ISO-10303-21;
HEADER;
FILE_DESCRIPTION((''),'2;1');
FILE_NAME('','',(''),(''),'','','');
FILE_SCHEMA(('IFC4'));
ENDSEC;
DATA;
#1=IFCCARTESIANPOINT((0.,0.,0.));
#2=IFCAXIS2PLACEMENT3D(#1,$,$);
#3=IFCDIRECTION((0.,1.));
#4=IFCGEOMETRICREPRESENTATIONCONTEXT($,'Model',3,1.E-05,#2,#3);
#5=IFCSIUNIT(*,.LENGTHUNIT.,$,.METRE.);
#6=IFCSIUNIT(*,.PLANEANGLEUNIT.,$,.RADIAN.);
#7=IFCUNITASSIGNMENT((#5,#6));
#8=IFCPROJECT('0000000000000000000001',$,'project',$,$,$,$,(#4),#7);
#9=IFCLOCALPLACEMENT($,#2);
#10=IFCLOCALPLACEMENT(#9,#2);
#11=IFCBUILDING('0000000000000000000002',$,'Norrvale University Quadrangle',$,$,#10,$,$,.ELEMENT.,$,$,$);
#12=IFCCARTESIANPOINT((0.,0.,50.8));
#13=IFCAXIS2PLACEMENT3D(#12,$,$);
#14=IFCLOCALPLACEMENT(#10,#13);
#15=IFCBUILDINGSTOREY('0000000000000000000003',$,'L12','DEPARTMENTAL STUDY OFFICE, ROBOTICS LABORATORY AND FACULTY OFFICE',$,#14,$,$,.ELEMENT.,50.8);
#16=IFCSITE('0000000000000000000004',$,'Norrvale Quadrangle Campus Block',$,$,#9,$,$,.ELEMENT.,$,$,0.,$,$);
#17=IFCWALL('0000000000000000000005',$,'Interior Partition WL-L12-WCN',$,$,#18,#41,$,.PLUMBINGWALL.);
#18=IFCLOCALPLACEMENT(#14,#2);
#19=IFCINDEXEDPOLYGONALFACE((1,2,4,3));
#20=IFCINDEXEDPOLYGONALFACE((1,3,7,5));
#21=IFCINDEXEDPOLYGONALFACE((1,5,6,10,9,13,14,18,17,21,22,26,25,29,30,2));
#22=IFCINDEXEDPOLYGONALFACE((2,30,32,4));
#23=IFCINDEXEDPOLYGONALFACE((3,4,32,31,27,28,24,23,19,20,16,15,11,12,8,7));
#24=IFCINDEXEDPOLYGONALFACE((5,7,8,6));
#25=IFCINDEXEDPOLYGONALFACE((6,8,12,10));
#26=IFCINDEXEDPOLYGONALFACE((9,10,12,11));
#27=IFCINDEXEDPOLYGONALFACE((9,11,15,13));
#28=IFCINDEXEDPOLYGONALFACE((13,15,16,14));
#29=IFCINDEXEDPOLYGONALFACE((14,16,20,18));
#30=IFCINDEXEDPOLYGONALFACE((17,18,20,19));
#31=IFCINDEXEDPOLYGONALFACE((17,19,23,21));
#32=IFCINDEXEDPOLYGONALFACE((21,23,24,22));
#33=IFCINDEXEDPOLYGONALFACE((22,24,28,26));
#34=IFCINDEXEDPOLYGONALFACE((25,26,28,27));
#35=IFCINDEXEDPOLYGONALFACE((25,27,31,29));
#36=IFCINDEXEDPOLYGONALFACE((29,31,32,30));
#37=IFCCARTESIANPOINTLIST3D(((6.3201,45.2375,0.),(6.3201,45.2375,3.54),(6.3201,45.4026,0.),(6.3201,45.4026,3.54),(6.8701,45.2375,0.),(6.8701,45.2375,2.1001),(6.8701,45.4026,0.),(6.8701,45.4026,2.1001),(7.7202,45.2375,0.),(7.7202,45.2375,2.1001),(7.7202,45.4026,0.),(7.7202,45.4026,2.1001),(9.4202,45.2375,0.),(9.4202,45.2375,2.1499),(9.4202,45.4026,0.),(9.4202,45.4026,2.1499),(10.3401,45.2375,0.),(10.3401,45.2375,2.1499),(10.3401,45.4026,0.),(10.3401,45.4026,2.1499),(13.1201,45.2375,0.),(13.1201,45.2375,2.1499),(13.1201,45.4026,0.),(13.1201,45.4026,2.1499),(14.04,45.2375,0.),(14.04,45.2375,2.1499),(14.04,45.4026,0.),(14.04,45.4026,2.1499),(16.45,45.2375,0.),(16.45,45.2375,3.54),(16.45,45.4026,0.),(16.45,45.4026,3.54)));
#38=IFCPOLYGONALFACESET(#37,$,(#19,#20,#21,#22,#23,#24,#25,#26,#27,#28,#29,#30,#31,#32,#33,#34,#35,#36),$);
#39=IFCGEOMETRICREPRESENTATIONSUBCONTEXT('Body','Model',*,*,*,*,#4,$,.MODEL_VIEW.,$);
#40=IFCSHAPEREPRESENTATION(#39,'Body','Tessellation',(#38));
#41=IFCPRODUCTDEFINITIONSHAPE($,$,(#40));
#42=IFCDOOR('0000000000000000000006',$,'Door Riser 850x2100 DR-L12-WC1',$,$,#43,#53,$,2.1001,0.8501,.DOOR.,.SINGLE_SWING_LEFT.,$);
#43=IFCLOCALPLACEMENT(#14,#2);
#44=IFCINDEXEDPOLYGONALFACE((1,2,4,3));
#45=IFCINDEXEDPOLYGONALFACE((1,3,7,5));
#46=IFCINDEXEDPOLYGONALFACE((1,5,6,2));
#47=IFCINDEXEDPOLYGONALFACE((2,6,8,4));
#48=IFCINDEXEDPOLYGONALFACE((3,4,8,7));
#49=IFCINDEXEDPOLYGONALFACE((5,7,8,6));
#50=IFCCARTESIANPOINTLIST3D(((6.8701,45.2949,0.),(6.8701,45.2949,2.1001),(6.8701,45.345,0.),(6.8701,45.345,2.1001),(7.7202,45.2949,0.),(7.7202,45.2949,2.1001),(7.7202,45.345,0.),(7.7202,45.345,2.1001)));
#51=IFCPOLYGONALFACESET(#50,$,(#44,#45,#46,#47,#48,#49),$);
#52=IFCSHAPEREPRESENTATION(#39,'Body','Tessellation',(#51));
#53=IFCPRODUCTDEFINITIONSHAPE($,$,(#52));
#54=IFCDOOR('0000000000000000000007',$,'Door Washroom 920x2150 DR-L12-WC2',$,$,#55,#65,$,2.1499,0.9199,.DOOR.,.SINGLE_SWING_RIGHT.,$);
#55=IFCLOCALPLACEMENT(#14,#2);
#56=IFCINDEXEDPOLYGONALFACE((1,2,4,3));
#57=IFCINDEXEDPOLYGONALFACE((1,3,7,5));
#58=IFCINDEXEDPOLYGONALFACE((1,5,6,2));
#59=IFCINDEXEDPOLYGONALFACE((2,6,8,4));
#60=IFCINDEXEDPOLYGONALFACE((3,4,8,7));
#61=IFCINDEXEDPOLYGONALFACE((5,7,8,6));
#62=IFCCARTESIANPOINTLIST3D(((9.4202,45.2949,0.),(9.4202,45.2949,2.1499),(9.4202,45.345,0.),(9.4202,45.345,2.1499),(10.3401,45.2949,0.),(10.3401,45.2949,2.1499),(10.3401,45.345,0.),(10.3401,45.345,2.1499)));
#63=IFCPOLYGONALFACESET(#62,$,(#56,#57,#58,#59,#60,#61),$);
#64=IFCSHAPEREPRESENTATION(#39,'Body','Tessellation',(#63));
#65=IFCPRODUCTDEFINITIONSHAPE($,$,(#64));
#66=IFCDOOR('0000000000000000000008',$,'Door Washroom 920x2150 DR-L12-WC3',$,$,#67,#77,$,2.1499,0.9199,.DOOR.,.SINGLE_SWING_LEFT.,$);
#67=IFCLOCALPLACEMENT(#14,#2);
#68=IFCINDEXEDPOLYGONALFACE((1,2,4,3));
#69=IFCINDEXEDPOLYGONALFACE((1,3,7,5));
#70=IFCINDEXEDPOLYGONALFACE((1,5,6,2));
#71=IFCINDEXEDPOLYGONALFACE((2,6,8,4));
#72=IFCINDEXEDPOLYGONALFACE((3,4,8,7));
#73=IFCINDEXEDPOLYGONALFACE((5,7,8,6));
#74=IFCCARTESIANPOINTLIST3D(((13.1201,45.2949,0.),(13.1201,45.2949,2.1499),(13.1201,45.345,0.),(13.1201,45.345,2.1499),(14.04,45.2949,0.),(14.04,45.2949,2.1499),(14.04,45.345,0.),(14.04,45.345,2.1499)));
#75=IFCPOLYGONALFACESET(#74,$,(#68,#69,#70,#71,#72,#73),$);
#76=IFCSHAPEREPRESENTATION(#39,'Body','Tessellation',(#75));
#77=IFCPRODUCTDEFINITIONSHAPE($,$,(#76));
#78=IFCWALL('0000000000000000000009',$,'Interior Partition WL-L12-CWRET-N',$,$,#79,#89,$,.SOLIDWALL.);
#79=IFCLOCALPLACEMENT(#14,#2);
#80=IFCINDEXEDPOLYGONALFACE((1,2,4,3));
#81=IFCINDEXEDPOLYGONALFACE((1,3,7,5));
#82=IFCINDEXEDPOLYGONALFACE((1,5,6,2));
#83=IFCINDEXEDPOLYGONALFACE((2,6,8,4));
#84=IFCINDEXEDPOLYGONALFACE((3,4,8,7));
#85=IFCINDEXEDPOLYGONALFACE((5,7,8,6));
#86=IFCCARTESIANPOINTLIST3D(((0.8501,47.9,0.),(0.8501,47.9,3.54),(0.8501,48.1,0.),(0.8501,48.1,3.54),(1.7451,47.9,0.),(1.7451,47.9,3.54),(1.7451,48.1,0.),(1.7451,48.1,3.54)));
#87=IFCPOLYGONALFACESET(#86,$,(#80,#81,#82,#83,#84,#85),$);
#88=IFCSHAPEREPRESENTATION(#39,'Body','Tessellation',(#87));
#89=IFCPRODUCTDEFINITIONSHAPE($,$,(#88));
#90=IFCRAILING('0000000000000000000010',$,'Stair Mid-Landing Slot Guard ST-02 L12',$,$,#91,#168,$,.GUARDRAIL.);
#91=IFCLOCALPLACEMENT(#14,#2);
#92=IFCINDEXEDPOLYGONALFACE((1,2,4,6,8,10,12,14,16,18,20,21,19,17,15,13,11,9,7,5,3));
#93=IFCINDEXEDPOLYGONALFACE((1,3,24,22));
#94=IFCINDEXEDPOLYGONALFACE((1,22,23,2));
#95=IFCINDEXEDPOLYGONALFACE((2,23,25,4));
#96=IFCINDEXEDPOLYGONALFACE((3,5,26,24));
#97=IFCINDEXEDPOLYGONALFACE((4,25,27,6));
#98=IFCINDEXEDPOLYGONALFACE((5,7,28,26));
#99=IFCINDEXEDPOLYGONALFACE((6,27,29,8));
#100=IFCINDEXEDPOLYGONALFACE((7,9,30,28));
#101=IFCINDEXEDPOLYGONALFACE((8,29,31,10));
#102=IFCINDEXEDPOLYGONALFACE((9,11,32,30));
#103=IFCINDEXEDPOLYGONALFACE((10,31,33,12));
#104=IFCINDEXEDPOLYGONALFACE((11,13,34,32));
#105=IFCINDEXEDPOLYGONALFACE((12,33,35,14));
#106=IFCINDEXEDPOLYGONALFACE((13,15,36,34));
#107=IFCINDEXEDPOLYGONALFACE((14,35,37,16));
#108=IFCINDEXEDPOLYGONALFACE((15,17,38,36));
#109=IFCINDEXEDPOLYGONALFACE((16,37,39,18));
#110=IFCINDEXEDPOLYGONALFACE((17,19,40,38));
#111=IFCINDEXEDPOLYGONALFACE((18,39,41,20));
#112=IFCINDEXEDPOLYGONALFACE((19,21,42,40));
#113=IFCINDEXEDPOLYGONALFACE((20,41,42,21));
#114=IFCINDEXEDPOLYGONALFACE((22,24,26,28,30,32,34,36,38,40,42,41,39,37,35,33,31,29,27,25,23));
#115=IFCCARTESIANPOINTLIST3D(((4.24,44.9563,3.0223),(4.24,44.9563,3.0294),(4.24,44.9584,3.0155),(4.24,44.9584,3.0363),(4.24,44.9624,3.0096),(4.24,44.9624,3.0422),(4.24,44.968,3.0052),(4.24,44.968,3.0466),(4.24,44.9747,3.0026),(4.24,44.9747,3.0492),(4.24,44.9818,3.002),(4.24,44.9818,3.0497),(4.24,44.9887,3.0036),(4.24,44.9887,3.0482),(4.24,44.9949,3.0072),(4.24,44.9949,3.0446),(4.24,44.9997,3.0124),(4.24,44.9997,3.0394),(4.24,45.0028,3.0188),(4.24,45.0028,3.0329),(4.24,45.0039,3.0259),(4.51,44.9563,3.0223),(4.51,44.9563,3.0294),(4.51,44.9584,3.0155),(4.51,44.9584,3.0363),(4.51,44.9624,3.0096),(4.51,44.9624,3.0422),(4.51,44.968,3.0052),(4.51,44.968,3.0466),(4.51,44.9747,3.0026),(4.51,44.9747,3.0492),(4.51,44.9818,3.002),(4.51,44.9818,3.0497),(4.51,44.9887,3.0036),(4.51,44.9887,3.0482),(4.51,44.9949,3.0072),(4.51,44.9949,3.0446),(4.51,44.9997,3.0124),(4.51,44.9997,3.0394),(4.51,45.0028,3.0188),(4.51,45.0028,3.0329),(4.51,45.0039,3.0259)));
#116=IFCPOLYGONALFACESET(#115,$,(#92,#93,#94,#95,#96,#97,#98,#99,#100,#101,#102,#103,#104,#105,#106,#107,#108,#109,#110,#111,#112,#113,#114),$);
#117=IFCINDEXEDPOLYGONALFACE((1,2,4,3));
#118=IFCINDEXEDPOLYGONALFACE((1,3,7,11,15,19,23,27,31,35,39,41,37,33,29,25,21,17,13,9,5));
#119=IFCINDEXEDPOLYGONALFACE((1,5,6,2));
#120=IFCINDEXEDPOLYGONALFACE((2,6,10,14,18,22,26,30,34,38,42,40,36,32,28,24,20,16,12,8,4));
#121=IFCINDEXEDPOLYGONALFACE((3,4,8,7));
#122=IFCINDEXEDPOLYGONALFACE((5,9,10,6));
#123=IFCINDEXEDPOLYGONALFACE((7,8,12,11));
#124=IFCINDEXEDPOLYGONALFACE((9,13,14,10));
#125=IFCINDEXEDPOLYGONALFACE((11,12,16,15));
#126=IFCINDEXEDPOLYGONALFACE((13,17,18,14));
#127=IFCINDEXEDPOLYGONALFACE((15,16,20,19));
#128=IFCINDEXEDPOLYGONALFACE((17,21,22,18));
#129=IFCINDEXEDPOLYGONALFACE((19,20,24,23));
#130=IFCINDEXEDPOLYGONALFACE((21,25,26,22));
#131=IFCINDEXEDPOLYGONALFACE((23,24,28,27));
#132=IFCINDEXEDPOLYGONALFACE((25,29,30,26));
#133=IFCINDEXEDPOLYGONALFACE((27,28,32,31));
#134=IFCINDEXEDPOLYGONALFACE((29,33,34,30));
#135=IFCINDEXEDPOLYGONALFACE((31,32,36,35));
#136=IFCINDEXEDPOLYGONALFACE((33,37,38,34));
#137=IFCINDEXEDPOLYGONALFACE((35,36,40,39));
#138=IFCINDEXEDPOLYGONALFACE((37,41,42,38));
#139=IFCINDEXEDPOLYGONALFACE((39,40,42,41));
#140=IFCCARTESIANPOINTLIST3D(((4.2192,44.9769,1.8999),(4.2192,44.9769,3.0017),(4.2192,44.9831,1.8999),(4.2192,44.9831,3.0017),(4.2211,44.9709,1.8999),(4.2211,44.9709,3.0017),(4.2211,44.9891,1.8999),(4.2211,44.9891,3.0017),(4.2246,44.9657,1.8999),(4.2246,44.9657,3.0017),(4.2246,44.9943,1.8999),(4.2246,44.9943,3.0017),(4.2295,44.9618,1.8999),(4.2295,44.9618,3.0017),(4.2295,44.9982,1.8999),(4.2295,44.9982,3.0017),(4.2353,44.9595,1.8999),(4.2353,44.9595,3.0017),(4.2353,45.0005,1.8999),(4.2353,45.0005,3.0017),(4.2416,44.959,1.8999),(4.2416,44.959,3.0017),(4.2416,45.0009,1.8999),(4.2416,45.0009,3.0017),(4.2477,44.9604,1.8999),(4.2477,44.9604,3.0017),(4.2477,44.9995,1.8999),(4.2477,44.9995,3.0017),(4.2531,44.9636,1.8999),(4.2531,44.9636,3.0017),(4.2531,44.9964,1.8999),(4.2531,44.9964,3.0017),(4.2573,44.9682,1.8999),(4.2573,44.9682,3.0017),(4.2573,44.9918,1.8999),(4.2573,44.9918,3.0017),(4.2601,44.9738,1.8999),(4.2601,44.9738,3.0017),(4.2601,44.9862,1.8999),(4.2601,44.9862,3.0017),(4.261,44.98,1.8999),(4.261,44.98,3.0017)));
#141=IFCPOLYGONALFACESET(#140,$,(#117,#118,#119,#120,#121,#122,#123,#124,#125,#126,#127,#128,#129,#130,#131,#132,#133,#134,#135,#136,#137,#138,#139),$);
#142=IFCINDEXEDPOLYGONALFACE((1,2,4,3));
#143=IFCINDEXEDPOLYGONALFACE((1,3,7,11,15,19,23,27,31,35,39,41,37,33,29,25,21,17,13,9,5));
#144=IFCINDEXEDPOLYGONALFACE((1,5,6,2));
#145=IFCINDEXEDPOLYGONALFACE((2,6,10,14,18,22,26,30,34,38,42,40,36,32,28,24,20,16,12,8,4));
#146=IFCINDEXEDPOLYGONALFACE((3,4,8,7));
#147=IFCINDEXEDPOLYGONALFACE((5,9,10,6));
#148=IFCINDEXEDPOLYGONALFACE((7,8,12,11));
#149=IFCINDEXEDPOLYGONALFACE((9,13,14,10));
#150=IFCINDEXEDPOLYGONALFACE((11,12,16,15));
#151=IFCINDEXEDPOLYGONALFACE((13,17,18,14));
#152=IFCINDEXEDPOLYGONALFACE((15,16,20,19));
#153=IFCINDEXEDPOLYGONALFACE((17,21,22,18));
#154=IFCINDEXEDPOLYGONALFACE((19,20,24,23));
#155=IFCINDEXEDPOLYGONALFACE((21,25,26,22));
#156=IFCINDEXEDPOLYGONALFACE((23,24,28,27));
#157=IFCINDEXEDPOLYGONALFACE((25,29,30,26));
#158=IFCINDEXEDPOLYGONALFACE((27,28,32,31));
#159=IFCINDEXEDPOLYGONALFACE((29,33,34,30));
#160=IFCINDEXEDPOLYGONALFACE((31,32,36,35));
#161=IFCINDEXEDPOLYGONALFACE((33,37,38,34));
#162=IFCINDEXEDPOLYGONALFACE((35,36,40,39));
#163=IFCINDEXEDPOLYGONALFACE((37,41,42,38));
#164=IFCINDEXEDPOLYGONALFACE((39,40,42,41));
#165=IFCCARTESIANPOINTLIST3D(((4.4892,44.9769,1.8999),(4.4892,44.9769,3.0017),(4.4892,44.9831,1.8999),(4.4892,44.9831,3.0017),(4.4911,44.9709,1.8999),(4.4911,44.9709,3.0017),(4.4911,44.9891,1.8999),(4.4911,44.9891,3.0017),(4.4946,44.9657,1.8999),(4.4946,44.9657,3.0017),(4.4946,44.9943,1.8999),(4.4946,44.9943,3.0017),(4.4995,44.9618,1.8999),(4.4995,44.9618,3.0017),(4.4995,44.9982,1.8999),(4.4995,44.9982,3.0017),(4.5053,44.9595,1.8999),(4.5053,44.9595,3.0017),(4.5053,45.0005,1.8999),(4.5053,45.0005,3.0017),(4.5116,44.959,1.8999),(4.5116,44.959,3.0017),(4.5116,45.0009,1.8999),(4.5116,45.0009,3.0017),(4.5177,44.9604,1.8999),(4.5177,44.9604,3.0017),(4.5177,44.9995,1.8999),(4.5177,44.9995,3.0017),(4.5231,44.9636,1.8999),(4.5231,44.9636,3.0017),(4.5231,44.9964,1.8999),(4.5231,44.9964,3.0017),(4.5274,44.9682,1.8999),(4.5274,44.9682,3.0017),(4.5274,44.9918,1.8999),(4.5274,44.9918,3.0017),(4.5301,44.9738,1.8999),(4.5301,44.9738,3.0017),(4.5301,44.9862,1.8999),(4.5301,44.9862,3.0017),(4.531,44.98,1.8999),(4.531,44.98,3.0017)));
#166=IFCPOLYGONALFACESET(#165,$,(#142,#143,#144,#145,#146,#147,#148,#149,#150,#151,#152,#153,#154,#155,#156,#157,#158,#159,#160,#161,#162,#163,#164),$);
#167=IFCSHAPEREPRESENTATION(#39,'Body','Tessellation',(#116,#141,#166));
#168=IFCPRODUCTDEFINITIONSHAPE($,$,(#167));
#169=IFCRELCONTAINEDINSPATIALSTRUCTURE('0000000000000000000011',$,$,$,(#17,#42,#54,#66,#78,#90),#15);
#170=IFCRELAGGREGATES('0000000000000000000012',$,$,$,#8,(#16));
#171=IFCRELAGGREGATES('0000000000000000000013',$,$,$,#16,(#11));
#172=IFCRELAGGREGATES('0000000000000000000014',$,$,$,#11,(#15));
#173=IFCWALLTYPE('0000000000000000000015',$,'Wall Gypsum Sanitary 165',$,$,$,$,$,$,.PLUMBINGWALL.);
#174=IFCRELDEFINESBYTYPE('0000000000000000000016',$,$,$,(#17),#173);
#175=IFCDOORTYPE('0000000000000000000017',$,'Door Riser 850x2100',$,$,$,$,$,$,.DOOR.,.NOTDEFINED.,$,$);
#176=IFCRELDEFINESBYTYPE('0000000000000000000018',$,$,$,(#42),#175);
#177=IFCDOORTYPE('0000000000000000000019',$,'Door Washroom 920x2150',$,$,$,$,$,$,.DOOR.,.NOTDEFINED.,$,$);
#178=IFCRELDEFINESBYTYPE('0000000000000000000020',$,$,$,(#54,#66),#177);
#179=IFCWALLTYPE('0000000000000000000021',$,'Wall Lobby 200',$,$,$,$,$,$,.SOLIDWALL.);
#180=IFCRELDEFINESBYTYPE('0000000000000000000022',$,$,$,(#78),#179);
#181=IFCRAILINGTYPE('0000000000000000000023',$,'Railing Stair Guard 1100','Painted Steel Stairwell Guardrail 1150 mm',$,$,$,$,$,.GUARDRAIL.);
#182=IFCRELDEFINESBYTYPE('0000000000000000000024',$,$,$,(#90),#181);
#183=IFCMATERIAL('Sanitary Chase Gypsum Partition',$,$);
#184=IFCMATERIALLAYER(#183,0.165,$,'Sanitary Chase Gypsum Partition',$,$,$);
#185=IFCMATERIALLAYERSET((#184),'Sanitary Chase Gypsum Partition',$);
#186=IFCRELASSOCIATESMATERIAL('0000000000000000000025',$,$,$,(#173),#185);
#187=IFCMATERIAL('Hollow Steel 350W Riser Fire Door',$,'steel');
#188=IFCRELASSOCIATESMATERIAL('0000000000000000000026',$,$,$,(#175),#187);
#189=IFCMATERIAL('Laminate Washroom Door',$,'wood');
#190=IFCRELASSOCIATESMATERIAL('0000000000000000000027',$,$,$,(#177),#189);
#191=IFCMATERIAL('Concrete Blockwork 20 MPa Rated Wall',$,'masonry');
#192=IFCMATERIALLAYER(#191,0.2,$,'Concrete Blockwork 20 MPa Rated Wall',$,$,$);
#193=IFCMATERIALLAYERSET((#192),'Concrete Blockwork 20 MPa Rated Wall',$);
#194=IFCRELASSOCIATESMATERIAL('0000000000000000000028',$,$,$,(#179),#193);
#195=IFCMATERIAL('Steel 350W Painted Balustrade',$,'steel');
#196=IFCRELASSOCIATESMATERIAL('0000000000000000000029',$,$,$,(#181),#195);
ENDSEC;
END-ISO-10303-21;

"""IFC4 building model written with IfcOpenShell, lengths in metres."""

from ifc_helpers import new_model, si_unit, direction, frame, frame_2d, origin, origin_2d, place, context, subcontext, project, spatial, rectangle, circle, extrude, material, layer, layer_set, type_object, element, fill, save


model = new_model("IFC4")

# Units and contexts
model_context = context("Model", 3, precision=1e-05, world=origin(), true_north=direction((0.0, 1.0)))
body_context = subcontext(model_context, "Body", "Model", "MODEL_VIEW")
ifc_project = project(units=[si_unit("LENGTHUNIT", "METRE"), si_unit("PLANEANGLEUNIT", "RADIAN")], contexts=[model_context])

# Site, building, storey
site_placement = place(None, origin())
site = spatial("IfcSite", under=ifc_project, at=site_placement, Name="Norrvale Quadrangle Campus Block", CompositionType="ELEMENT", RefElevation=0.0)
building_placement = place(site_placement, origin())
building = spatial("IfcBuilding", under=site, at=building_placement, Name="Norrvale University Quadrangle", CompositionType="ELEMENT")
storey_placement = place(building_placement, frame((0.0, 0.0, 50.8)))
storey = spatial("IfcBuildingStorey", under=building, at=storey_placement, Name="L12", Description="DEPARTMENTAL STUDY OFFICE, ROBOTICS LABORATORY AND FACULTY OFFICE", CompositionType="ELEMENT", Elevation=50.8)

# Wall, openings, doors
ifc_material_1 = material(Name="Sanitary Chase Gypsum Partition")
ifc_layer_1 = layer(ifc_material_1, 0.165, Name="Sanitary Chase Gypsum Partition")
ifc_layer_set_1 = layer_set([ifc_layer_1], Name="Sanitary Chase Gypsum Partition")
wall_type_1 = type_object("IfcWallType", Name="Wall Gypsum Sanitary 165", PredefinedType="PLUMBINGWALL", material=ifc_layer_set_1)
wall_1_placement = place(storey_placement, frame((6.3201, 45.3201, 0.0), z_axis=(0.0, 0.0, 1.0), x_axis=(1.0, 0.0, 0.0)))
wall_1 = element("IfcWall", 1, at=wall_1_placement, inside=storey, type_object=wall_type_1, Name="Interior Partition WL-L12-WCN", PredefinedType="PLUMBINGWALL", context=body_context, shape_type="SweptSolid", body=[
    extrude(rectangle(XDim=10.1299, YDim=0.165, at=frame_2d((5.0649, 0.0))), origin(), (0.0, 0.0, 1.0), 3.54),
])
opening_1_placement = place(wall_1_placement, frame((0.55, 0.0, 0.0)))
opening_1 = element("IfcOpeningElement", 2, at=opening_1_placement, cuts=wall_1, PredefinedType="OPENING", context=body_context, shape_type="SweptSolid", body=[
    extrude(rectangle(XDim=0.8501, YDim=2.1001, at=frame_2d((0.425, 1.05))), frame((0.0, 0.0945, 0.0), z_axis=(0.0, -1.0, 0.0), x_axis=(1.0, 0.0, 0.0)), (0.0, 0.0, 1.0), 0.189),
])
opening_2_placement = place(wall_1_placement, frame((3.1001, 0.0, 0.0)))
opening_2 = element("IfcOpeningElement", 3, at=opening_2_placement, cuts=wall_1, PredefinedType="OPENING", context=body_context, shape_type="SweptSolid", body=[
    extrude(rectangle(XDim=0.9199, YDim=2.1499, at=frame_2d((0.46, 1.075))), frame((0.0, 0.0945, 0.0), z_axis=(0.0, -1.0, 0.0), x_axis=(1.0, 0.0, 0.0)), (0.0, 0.0, 1.0), 0.189),
])
opening_3_placement = place(wall_1_placement, frame((6.8, 0.0, 0.0)))
opening_3 = element("IfcOpeningElement", 4, at=opening_3_placement, cuts=wall_1, PredefinedType="OPENING", context=body_context, shape_type="SweptSolid", body=[
    extrude(rectangle(XDim=0.9199, YDim=2.1499, at=frame_2d((0.46, 1.075))), frame((0.0, 0.0945, 0.0), z_axis=(0.0, -1.0, 0.0), x_axis=(1.0, 0.0, 0.0)), (0.0, 0.0, 1.0), 0.189),
])
ifc_material_2 = material(Name="Hollow Steel 350W Riser Fire Door", Category="steel")
door_type_1 = type_object("IfcDoorType", Name="Door Riser 850x2100", OperationType="NOTDEFINED", PredefinedType="DOOR", material=ifc_material_2)
door_1_placement = place(opening_1_placement, origin())
door_1 = element("IfcDoor", 5, at=door_1_placement, inside=storey, type_object=door_type_1, Name="Door Riser 850x2100 DR-L12-WC1", OperationType="SINGLE_SWING_LEFT", OverallHeight=2.1001, OverallWidth=0.8501, PredefinedType="DOOR", context=body_context, shape_type="SweptSolid", body=[
    extrude(rectangle(XDim=0.8501, YDim=2.1001, at=frame_2d((0.425, 1.05))), frame((0.0, 0.0249, 0.0), z_axis=(0.0, -1.0, 0.0), x_axis=(1.0, 0.0, 0.0)), (0.0, 0.0, 1.0), 0.05),
])
fill(opening_1, door_1)
ifc_material_3 = material(Name="Laminate Washroom Door", Category="wood")
door_type_2 = type_object("IfcDoorType", Name="Door Washroom 920x2150", OperationType="NOTDEFINED", PredefinedType="DOOR", material=ifc_material_3)
door_2_placement = place(opening_2_placement, origin())
door_2 = element("IfcDoor", 6, at=door_2_placement, inside=storey, type_object=door_type_2, Name="Door Washroom 920x2150 DR-L12-WC2", OperationType="SINGLE_SWING_RIGHT", OverallHeight=2.1499, OverallWidth=0.9199, PredefinedType="DOOR", context=body_context, shape_type="SweptSolid", body=[
    extrude(rectangle(XDim=0.9199, YDim=2.1499, at=frame_2d((0.46, 1.075))), frame((0.0, 0.0249, 0.0), z_axis=(0.0, -1.0, 0.0), x_axis=(1.0, 0.0, 0.0)), (0.0, 0.0, 1.0), 0.05),
])
fill(opening_2, door_2)
door_3_placement = place(opening_3_placement, origin())
door_3 = element("IfcDoor", 7, at=door_3_placement, inside=storey, type_object=door_type_2, Name="Door Washroom 920x2150 DR-L12-WC3", OperationType="SINGLE_SWING_LEFT", OverallHeight=2.1499, OverallWidth=0.9199, PredefinedType="DOOR", context=body_context, shape_type="SweptSolid", body=[
    extrude(rectangle(XDim=0.9199, YDim=2.1499, at=frame_2d((0.46, 1.075))), frame((0.0, 0.0249, 0.0), z_axis=(0.0, -1.0, 0.0), x_axis=(1.0, 0.0, 0.0)), (0.0, 0.0, 1.0), 0.05),
])
fill(opening_3, door_3)

# Wall
ifc_material_4 = material(Name="Concrete Blockwork 20 MPa Rated Wall", Category="masonry")
ifc_layer_2 = layer(ifc_material_4, 0.2, Name="Concrete Blockwork 20 MPa Rated Wall")
ifc_layer_set_2 = layer_set([ifc_layer_2], Name="Concrete Blockwork 20 MPa Rated Wall")
wall_type_2 = type_object("IfcWallType", Name="Wall Lobby 200", PredefinedType="SOLIDWALL", material=ifc_layer_set_2)
wall_2_placement = place(storey_placement, frame((0.8501, 48.0, 0.0), z_axis=(0.0, 0.0, 1.0), x_axis=(1.0, 0.0, 0.0)))
element("IfcWall", 8, at=wall_2_placement, inside=storey, type_object=wall_type_2, Name="Interior Partition WL-L12-CWRET-N", PredefinedType="SOLIDWALL", context=body_context, shape_type="SweptSolid", body=[
    extrude(rectangle(XDim=0.895, YDim=0.2, at=frame_2d((0.4475, 0.0))), origin(), (0.0, 0.0, 1.0), 3.54),
])

# Railing
ifc_material_5 = material(Name="Steel 350W Painted Balustrade", Category="steel")
railing_type = type_object("IfcRailingType", Name="Railing Stair Guard 1100", Description="Painted Steel Stairwell Guardrail 1150 mm", PredefinedType="GUARDRAIL", material=ifc_material_5)
railing_placement = place(storey_placement, frame((4.24, 44.98, 1.8999)))
element("IfcRailing", 9, at=railing_placement, inside=storey, type_object=railing_type, Name="Stair Mid-Landing Slot Guard ST-02 L12", PredefinedType="GUARDRAIL", context=body_context, shape_type="SweptSolid", body=[
    extrude(circle(Radius=0.0239, at=origin_2d()), frame((0.0, 0.0, 1.126), z_axis=(1.0, 0.0, 0.0), x_axis=(0.0, 1.0, 0.0)), (0.0, 0.0, 1.0), 0.27),
    extrude(circle(Radius=0.021, at=origin_2d()), origin(), (0.0, 0.0, 1.0), 1.1018),
    extrude(circle(Radius=0.021, at=origin_2d()), frame((0.27, 0.0, 0.0)), (0.0, 0.0, 1.0), 1.1018),
])

save(model, "model.ifc")
